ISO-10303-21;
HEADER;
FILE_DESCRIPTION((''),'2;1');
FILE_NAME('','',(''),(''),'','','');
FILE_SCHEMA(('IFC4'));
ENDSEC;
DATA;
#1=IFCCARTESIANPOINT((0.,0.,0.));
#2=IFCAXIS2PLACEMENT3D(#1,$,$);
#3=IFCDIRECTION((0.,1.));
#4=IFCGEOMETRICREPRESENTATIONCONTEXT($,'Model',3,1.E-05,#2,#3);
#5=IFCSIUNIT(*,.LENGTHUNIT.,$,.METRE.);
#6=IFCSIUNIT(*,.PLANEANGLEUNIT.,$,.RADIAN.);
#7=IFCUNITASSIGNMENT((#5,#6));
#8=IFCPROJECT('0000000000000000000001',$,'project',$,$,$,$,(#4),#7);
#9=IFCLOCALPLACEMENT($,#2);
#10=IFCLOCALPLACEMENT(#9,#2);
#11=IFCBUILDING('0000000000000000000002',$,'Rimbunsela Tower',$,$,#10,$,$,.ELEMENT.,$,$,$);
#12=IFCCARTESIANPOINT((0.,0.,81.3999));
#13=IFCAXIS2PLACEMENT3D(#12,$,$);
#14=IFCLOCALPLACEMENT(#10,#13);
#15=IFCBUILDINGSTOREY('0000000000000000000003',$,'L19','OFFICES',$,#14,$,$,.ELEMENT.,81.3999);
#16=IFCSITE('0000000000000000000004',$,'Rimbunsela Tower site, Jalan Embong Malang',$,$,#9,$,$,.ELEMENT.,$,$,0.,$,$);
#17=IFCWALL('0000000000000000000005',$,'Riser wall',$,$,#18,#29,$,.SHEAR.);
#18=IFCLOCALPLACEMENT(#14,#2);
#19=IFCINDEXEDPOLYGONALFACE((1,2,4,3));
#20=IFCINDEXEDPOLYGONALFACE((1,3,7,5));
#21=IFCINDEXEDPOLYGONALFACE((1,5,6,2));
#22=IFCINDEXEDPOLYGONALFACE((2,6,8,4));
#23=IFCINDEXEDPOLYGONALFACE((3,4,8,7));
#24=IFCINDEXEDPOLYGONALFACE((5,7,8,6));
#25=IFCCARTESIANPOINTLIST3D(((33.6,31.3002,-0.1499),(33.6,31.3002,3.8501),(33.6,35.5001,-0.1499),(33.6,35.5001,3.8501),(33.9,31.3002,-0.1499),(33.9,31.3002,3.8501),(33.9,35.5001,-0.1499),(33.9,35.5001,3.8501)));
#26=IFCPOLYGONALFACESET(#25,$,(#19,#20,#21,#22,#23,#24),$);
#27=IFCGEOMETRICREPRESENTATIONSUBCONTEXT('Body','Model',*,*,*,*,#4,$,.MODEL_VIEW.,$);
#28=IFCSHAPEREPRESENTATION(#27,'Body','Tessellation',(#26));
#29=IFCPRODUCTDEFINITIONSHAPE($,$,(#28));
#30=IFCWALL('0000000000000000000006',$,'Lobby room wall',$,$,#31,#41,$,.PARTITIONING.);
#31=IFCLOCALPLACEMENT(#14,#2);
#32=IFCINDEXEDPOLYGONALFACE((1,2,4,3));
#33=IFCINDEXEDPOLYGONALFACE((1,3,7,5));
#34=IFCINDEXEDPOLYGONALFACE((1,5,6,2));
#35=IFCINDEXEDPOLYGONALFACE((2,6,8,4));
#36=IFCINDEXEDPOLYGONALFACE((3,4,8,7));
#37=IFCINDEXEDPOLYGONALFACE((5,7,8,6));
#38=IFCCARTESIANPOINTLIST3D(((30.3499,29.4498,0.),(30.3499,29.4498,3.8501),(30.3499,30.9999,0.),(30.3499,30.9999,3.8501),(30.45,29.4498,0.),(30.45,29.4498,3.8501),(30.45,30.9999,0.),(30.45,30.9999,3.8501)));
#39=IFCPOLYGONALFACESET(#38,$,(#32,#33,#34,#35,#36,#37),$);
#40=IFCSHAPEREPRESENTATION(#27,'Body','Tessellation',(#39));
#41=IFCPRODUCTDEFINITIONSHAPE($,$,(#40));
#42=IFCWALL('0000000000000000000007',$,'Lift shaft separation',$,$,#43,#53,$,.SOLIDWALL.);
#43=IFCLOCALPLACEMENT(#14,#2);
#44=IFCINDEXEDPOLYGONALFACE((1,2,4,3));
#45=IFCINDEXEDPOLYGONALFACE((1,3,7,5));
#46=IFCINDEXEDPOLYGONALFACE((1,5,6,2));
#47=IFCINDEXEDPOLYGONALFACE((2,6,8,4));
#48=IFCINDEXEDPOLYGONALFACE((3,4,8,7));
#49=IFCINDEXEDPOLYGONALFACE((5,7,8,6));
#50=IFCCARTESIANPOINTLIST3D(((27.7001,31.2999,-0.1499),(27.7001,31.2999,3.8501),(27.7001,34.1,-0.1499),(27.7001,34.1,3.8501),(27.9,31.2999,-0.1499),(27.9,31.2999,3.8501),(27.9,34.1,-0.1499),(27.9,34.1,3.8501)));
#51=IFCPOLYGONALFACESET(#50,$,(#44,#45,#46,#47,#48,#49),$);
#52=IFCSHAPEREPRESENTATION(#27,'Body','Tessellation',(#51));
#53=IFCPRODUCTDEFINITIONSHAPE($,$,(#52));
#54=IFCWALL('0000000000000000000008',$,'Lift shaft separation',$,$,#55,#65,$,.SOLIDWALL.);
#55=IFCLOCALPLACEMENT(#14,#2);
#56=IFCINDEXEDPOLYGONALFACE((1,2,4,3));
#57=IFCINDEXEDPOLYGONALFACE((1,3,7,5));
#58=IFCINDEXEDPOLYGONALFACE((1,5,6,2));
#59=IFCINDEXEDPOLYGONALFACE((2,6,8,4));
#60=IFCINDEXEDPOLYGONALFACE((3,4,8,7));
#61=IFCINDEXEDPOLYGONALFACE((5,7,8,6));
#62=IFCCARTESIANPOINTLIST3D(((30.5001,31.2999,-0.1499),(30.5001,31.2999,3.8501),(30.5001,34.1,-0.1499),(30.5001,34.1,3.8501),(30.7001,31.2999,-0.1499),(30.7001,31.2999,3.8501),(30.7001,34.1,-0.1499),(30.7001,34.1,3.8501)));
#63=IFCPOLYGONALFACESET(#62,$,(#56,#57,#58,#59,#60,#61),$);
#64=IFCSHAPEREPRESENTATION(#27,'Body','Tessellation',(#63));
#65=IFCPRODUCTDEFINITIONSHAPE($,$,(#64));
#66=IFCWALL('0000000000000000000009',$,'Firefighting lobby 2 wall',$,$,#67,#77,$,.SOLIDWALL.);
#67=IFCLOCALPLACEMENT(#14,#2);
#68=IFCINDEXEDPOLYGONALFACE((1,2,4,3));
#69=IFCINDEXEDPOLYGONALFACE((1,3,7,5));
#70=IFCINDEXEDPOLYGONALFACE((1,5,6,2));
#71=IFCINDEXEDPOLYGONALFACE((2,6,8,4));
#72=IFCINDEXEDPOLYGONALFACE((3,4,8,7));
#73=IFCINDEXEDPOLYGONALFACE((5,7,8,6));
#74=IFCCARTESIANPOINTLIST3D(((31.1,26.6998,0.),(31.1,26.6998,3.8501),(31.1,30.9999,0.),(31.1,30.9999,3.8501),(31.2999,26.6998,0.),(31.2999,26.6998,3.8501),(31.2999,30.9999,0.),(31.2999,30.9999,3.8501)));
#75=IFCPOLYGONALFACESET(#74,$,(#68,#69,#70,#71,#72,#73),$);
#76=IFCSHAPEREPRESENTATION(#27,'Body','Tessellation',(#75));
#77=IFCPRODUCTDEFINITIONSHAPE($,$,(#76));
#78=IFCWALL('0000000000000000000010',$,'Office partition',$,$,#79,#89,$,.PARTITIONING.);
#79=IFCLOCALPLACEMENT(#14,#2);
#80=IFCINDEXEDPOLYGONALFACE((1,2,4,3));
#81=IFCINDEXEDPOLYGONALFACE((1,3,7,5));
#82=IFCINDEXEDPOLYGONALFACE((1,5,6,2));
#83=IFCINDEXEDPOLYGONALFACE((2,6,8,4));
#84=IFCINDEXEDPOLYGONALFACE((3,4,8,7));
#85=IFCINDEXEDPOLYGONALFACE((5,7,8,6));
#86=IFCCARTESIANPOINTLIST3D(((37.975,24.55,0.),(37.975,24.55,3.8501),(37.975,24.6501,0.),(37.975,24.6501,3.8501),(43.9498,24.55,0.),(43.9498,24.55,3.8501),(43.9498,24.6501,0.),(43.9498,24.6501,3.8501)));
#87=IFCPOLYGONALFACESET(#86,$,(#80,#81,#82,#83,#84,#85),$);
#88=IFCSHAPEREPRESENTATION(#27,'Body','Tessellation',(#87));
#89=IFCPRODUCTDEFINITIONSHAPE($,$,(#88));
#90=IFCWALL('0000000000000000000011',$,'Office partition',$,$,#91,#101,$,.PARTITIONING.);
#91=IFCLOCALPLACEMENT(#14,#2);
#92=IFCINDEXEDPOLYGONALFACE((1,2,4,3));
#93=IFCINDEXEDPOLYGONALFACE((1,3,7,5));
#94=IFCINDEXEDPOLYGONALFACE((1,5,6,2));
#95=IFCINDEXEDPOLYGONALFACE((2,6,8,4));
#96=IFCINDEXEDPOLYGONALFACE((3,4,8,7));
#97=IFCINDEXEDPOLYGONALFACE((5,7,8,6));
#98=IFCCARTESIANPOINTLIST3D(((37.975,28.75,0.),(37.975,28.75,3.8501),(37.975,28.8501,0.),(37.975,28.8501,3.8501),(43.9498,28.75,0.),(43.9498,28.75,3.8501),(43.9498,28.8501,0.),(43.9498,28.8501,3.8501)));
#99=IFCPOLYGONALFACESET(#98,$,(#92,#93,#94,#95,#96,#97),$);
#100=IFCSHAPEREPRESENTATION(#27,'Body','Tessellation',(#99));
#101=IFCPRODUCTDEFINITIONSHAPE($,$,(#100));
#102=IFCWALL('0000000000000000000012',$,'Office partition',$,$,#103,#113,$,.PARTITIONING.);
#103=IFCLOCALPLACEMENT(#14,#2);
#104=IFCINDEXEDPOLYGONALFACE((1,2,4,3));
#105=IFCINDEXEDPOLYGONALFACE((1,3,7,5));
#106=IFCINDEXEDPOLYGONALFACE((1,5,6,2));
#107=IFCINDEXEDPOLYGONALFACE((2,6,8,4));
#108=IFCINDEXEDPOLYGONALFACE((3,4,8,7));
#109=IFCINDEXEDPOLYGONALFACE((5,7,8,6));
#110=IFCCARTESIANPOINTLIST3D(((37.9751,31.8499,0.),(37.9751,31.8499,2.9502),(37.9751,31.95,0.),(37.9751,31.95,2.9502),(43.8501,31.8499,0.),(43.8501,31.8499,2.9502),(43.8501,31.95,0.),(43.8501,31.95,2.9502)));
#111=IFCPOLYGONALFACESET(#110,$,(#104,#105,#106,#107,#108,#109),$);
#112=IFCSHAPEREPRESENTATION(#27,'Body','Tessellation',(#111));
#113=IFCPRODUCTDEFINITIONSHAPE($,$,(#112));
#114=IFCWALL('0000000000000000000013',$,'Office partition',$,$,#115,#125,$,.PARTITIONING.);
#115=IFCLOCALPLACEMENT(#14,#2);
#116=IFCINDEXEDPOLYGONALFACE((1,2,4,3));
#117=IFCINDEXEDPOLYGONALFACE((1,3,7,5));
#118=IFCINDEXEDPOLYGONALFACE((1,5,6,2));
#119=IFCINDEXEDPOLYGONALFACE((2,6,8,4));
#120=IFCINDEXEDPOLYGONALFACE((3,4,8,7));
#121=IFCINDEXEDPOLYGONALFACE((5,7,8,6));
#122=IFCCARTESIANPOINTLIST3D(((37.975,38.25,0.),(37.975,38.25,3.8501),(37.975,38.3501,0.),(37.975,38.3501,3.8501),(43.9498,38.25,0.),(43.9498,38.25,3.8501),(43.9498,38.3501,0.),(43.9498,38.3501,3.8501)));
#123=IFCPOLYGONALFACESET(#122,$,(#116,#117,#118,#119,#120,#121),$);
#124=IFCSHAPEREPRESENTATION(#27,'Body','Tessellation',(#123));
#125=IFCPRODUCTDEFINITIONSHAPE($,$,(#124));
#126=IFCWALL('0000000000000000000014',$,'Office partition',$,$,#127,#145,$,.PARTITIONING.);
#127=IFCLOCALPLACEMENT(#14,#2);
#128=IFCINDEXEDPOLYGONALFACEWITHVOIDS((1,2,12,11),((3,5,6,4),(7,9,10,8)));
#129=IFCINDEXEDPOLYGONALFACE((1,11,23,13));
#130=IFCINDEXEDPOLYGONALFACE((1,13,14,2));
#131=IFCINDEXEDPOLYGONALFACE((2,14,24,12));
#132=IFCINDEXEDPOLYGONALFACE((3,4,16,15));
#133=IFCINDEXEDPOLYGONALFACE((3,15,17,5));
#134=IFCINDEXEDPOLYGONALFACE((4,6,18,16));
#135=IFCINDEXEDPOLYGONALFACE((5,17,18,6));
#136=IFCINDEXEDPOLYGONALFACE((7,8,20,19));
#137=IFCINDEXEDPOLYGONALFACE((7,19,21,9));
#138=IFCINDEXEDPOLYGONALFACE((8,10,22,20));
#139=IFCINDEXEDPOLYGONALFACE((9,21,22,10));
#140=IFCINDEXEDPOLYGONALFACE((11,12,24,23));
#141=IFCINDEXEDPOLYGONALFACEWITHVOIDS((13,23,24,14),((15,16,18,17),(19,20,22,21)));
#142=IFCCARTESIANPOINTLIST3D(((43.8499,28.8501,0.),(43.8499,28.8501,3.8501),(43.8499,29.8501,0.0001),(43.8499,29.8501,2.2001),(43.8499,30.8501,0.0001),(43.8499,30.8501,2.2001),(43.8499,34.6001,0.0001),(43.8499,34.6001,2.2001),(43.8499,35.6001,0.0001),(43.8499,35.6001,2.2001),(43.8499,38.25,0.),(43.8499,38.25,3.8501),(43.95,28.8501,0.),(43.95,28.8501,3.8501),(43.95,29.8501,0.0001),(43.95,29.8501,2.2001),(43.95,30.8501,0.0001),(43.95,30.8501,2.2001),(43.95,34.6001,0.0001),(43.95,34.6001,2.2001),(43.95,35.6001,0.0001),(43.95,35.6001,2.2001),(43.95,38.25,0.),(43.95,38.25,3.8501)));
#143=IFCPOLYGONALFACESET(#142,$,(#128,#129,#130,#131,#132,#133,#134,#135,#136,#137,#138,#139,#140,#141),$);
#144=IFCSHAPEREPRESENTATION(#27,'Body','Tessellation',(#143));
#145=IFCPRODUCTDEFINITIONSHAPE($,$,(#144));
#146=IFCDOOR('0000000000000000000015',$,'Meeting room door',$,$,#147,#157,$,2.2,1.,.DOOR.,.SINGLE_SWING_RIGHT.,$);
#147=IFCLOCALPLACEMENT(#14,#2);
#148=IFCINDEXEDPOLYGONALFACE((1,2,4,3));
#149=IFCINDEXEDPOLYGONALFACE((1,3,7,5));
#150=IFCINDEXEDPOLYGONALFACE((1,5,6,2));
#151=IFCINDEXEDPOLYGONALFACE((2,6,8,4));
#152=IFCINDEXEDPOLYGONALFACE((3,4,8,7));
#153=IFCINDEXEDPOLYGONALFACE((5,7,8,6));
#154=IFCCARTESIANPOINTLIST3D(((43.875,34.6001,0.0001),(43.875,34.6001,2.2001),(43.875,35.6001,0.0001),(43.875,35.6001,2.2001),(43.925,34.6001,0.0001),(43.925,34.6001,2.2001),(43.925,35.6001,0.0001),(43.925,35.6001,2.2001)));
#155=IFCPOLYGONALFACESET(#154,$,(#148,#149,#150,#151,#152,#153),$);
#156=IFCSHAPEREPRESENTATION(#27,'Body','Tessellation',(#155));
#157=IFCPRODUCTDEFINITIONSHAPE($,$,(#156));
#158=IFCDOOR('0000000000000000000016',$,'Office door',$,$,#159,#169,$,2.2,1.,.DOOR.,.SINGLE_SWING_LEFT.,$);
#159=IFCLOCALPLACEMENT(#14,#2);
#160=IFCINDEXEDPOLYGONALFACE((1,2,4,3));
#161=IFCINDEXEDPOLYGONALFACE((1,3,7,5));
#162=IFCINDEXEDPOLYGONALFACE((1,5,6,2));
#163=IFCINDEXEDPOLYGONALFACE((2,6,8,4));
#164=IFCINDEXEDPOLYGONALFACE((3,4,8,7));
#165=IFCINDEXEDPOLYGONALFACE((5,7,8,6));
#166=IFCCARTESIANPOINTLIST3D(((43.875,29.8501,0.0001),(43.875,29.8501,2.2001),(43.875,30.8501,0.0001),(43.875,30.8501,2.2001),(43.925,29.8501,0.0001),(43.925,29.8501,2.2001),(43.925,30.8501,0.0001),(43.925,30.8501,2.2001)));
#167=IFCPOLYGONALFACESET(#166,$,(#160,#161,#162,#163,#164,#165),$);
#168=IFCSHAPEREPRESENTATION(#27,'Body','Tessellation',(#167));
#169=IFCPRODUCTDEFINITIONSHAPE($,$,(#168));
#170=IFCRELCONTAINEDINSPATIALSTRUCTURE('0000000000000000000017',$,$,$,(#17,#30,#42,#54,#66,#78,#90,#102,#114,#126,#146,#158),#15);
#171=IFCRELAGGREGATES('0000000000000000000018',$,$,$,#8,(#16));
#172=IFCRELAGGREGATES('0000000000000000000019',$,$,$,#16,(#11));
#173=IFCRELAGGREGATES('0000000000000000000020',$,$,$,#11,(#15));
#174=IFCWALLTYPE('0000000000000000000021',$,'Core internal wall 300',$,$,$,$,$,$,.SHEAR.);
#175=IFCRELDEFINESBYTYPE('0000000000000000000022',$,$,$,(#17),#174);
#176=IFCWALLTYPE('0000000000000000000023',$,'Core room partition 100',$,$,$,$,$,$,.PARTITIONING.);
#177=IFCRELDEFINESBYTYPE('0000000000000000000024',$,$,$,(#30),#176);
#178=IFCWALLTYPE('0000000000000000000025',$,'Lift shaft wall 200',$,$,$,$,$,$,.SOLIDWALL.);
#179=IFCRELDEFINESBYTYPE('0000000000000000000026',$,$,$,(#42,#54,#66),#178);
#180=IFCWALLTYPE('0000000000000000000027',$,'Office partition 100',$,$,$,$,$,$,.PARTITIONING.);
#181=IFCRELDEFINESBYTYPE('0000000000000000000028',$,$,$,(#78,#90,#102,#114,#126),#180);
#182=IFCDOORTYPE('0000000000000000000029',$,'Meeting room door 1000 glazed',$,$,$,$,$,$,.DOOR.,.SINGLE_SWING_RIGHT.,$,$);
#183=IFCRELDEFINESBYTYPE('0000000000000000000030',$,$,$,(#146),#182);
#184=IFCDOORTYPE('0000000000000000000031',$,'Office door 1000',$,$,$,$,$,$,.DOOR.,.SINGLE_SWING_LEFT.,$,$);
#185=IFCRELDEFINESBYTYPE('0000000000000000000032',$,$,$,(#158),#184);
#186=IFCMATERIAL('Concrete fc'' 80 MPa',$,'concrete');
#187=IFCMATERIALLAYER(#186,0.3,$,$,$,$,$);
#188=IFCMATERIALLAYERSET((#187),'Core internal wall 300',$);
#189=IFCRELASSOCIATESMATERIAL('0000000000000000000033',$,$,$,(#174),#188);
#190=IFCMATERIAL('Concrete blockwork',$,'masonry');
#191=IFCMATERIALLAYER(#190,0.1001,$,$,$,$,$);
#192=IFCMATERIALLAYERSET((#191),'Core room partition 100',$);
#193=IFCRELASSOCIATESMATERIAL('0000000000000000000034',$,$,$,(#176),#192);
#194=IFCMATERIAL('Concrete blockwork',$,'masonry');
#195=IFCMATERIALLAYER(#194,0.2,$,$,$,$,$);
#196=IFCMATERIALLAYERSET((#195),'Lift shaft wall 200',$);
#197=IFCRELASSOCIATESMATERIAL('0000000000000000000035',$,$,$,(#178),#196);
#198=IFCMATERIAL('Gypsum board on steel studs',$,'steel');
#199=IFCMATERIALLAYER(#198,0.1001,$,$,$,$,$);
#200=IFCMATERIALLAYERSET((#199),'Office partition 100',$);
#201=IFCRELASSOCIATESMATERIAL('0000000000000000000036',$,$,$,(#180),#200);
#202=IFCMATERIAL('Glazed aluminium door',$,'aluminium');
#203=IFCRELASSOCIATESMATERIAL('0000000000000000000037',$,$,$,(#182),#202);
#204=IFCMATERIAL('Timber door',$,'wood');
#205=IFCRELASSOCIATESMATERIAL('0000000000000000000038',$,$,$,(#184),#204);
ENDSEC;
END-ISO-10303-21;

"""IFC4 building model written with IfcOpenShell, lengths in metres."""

from ifc_helpers import new_model, si_unit, direction, frame, frame_2d, origin, place, context, subcontext, project, spatial, rectangle, extrude, material, layer, layer_set, type_object, element, fill, save


model = new_model("IFC4")

# Units and contexts
model_context = context("Model", 3, precision=1e-05, world=origin(), true_north=direction((0.0, 1.0)))
body_context = subcontext(model_context, "Body", "Model", "MODEL_VIEW")
ifc_project = project(units=[si_unit("LENGTHUNIT", "METRE"), si_unit("PLANEANGLEUNIT", "RADIAN")], contexts=[model_context])

# Site, building, storey
site_placement = place(None, origin())
site = spatial("IfcSite", under=ifc_project, at=site_placement, Name="Rimbunsela Tower site, Jalan Embong Malang", CompositionType="ELEMENT", RefElevation=0.0)
building_placement = place(site_placement, origin())
building = spatial("IfcBuilding", under=site, at=building_placement, Name="Rimbunsela Tower", CompositionType="ELEMENT")
storey_placement = place(building_placement, frame((0.0, 0.0, 81.3999)))
storey = spatial("IfcBuildingStorey", under=building, at=storey_placement, Name="L19", Description="OFFICES", CompositionType="ELEMENT", Elevation=81.3999)

# Walls
ifc_material_1 = material(Name="Concrete fc' 80 MPa", Category="concrete")
ifc_layer_1 = layer(ifc_material_1, 0.3)
ifc_layer_set_1 = layer_set([ifc_layer_1], Name="Core internal wall 300")
wall_type_1 = type_object("IfcWallType", Name="Core internal wall 300", PredefinedType="SHEAR", material=ifc_layer_set_1)
wall_1_placement = place(storey_placement, frame((33.75, 31.3, -0.1499), z_axis=(0.0, 0.0, 1.0), x_axis=(0.0, 1.0, 0.0)))
element("IfcWall", 1, at=wall_1_placement, inside=storey, type_object=wall_type_1, Name="Riser wall", PredefinedType="SHEAR", context=body_context, shape_type="SweptSolid", body=[
    extrude(rectangle(XDim=4.2, YDim=0.3, at=frame_2d((2.1001, 0.0))), origin(), (0.0, 0.0, 1.0), 4.0),
])
ifc_material_2 = material(Name="Concrete blockwork", Category="masonry")
ifc_layer_2 = layer(ifc_material_2, 0.1001)
ifc_layer_set_2 = layer_set([ifc_layer_2], Name="Core room partition 100")
wall_type_2 = type_object("IfcWallType", Name="Core room partition 100", PredefinedType="PARTITIONING", material=ifc_layer_set_2)
wall_2_placement = place(storey_placement, frame((30.3999, 29.45, 0.0), z_axis=(0.0, 0.0, 1.0), x_axis=(0.0, 1.0, 0.0)))
element("IfcWall", 2, at=wall_2_placement, inside=storey, type_object=wall_type_2, Name="Lobby room wall", PredefinedType="PARTITIONING", context=body_context, shape_type="SweptSolid", body=[
    extrude(rectangle(XDim=1.55, YDim=0.1001, at=frame_2d((0.7749, 0.0))), origin(), (0.0, 0.0, 1.0), 3.8501),
])
ifc_material_3 = material(Name="Concrete blockwork", Category="masonry")
ifc_layer_3 = layer(ifc_material_3, 0.2)
ifc_layer_set_3 = layer_set([ifc_layer_3], Name="Lift shaft wall 200")
wall_type_3 = type_object("IfcWallType", Name="Lift shaft wall 200", PredefinedType="SOLIDWALL", material=ifc_layer_set_3)
for number, where, z_axis, x_axis, name in (
    (3, (27.8, 31.3, -0.1499), (0.0, 0.0, 1.0), (0.0, 1.0, 0.0), "Lift shaft separation"),
    (4, (30.6001, 31.3, -0.1499), (0.0, 0.0, 1.0), (0.0, 1.0, 0.0), "Lift shaft separation"),
):
    element("IfcWall", number, at=place(storey_placement, frame(where, z_axis=z_axis, x_axis=x_axis)), inside=storey, type_object=wall_type_3, Name=name, PredefinedType="SOLIDWALL", context=body_context, shape_type="SweptSolid", body=[
        extrude(rectangle(XDim=2.8, YDim=0.2, at=frame_2d((1.3999, 0.0))), origin(), (0.0, 0.0, 1.0), 4.0),
    ])
wall_3_placement = place(storey_placement, frame((31.2, 26.7, 0.0), z_axis=(0.0, 0.0, 1.0), x_axis=(0.0, 1.0, 0.0)))
element("IfcWall", 5, at=wall_3_placement, inside=storey, type_object=wall_type_3, Name="Firefighting lobby 2 wall", PredefinedType="SOLIDWALL", context=body_context, shape_type="SweptSolid", body=[
    extrude(rectangle(XDim=4.3, YDim=0.2, at=frame_2d((2.1499, 0.0))), origin(), (0.0, 0.0, 1.0), 3.8501),
])
ifc_material_4 = material(Name="Gypsum board on steel studs", Category="steel")
ifc_layer_4 = layer(ifc_material_4, 0.1001)
ifc_layer_set_4 = layer_set([ifc_layer_4], Name="Office partition 100")
wall_type_4 = type_object("IfcWallType", Name="Office partition 100", PredefinedType="PARTITIONING", material=ifc_layer_set_4)
for number, where, z_axis, x_axis, name in (
    (6, (37.9751, 24.6001, 0.0), (0.0, 0.0, 1.0), (1.0, 0.0, 0.0), "Office partition"),
    (7, (37.9751, 28.8, 0.0), (0.0, 0.0, 1.0), (1.0, 0.0, 0.0), "Office partition"),
):
    element("IfcWall", number, at=place(storey_placement, frame(where, z_axis=z_axis, x_axis=x_axis)), inside=storey, type_object=wall_type_4, Name=name, PredefinedType="PARTITIONING", context=body_context, shape_type="SweptSolid", body=[
        extrude(rectangle(XDim=5.9749, YDim=0.1001, at=frame_2d((2.9873, 0.0))), origin(), (0.0, 0.0, 1.0), 3.8501),
    ])
wall_4_placement = place(storey_placement, frame((37.9751, 31.8999, 0.0), z_axis=(0.0, 0.0, 1.0), x_axis=(1.0, 0.0, 0.0)))
element("IfcWall", 8, at=wall_4_placement, inside=storey, type_object=wall_type_4, Name="Office partition", PredefinedType="PARTITIONING", context=body_context, shape_type="SweptSolid", body=[
    extrude(rectangle(XDim=5.875, YDim=0.1001, at=frame_2d((2.9375, 0.0))), origin(), (0.0, 0.0, 1.0), 2.9502),
])
wall_5_placement = place(storey_placement, frame((37.9751, 38.3, 0.0), z_axis=(0.0, 0.0, 1.0), x_axis=(1.0, 0.0, 0.0)))
element("IfcWall", 9, at=wall_5_placement, inside=storey, type_object=wall_type_4, Name="Office partition", PredefinedType="PARTITIONING", context=body_context, shape_type="SweptSolid", body=[
    extrude(rectangle(XDim=5.9749, YDim=0.1001, at=frame_2d((2.9873, 0.0))), origin(), (0.0, 0.0, 1.0), 3.8501),
])

# Wall, openings, doors
wall_6_placement = place(storey_placement, frame((43.8999, 28.8501, 0.0), z_axis=(0.0, 0.0, 1.0), x_axis=(0.0, 1.0, 0.0)))
wall_6 = element("IfcWall", 10, at=wall_6_placement, inside=storey, type_object=wall_type_4, Name="Office partition", PredefinedType="PARTITIONING", context=body_context, shape_type="SweptSolid", body=[
    extrude(rectangle(XDim=9.3999, YDim=0.1001, at=frame_2d((4.7, 0.0))), origin(), (0.0, 0.0, 1.0), 3.8501),
])
opening_1_placement = place(wall_6_placement, frame((1.0, 0.0, 0.0)))
opening_1 = element("IfcOpeningElement", 11, at=opening_1_placement, cuts=wall_6, PredefinedType="OPENING", context=body_context, shape_type="SweptSolid", body=[
    extrude(rectangle(XDim=1.0, YDim=2.2, at=frame_2d((0.5, 1.1001))), frame((0.0, 0.0601, 0.0), z_axis=(0.0, -1.0, 0.0), x_axis=(1.0, 0.0, 0.0)), (0.0, 0.0, 1.0), 0.1201),
])
opening_2_placement = place(wall_6_placement, frame((5.75, 0.0, 0.0)))
opening_2 = element("IfcOpeningElement", 12, at=opening_2_placement, cuts=wall_6, PredefinedType="OPENING", context=body_context, shape_type="SweptSolid", body=[
    extrude(rectangle(XDim=1.0, YDim=2.2, at=frame_2d((0.5, 1.1001))), frame((0.0, 0.0601, 0.0), z_axis=(0.0, -1.0, 0.0), x_axis=(1.0, 0.0, 0.0)), (0.0, 0.0, 1.0), 0.1201),
])
ifc_material_5 = material(Name="Glazed aluminium door", Category="aluminium")
door_type_1 = type_object("IfcDoorType", Name="Meeting room door 1000 glazed", OperationType="SINGLE_SWING_RIGHT", PredefinedType="DOOR", material=ifc_material_5)
door_1_placement = place(opening_2_placement, origin())
door_1 = element("IfcDoor", 13, at=door_1_placement, inside=storey, type_object=door_type_1, Name="Meeting room door", OperationType="SINGLE_SWING_RIGHT", OverallHeight=2.2, OverallWidth=1.0, PredefinedType="DOOR", context=body_context, shape_type="SweptSolid", body=[
    extrude(rectangle(XDim=1.0, YDim=2.2, at=frame_2d((0.5, 1.1001))), frame((0.0, 0.0249, 0.0), z_axis=(0.0, -1.0, 0.0), x_axis=(1.0, 0.0, 0.0)), (0.0, 0.0, 1.0), 0.05),
])
fill(opening_2, door_1)
ifc_material_6 = material(Name="Timber door", Category="wood")
door_type_2 = type_object("IfcDoorType", Name="Office door 1000", OperationType="SINGLE_SWING_LEFT", PredefinedType="DOOR", material=ifc_material_6)
door_2_placement = place(opening_1_placement, origin())
door_2 = element("IfcDoor", 14, at=door_2_placement, inside=storey, type_object=door_type_2, Name="Office door", OperationType="SINGLE_SWING_LEFT", OverallHeight=2.2, OverallWidth=1.0, PredefinedType="DOOR", context=body_context, shape_type="SweptSolid", body=[
    extrude(rectangle(XDim=1.0, YDim=2.2, at=frame_2d((0.5, 1.1001))), frame((0.0, 0.0249, 0.0), z_axis=(0.0, -1.0, 0.0), x_axis=(1.0, 0.0, 0.0)), (0.0, 0.0, 1.0), 0.05),
])
fill(opening_1, door_2)

save(model, "model.ifc")
